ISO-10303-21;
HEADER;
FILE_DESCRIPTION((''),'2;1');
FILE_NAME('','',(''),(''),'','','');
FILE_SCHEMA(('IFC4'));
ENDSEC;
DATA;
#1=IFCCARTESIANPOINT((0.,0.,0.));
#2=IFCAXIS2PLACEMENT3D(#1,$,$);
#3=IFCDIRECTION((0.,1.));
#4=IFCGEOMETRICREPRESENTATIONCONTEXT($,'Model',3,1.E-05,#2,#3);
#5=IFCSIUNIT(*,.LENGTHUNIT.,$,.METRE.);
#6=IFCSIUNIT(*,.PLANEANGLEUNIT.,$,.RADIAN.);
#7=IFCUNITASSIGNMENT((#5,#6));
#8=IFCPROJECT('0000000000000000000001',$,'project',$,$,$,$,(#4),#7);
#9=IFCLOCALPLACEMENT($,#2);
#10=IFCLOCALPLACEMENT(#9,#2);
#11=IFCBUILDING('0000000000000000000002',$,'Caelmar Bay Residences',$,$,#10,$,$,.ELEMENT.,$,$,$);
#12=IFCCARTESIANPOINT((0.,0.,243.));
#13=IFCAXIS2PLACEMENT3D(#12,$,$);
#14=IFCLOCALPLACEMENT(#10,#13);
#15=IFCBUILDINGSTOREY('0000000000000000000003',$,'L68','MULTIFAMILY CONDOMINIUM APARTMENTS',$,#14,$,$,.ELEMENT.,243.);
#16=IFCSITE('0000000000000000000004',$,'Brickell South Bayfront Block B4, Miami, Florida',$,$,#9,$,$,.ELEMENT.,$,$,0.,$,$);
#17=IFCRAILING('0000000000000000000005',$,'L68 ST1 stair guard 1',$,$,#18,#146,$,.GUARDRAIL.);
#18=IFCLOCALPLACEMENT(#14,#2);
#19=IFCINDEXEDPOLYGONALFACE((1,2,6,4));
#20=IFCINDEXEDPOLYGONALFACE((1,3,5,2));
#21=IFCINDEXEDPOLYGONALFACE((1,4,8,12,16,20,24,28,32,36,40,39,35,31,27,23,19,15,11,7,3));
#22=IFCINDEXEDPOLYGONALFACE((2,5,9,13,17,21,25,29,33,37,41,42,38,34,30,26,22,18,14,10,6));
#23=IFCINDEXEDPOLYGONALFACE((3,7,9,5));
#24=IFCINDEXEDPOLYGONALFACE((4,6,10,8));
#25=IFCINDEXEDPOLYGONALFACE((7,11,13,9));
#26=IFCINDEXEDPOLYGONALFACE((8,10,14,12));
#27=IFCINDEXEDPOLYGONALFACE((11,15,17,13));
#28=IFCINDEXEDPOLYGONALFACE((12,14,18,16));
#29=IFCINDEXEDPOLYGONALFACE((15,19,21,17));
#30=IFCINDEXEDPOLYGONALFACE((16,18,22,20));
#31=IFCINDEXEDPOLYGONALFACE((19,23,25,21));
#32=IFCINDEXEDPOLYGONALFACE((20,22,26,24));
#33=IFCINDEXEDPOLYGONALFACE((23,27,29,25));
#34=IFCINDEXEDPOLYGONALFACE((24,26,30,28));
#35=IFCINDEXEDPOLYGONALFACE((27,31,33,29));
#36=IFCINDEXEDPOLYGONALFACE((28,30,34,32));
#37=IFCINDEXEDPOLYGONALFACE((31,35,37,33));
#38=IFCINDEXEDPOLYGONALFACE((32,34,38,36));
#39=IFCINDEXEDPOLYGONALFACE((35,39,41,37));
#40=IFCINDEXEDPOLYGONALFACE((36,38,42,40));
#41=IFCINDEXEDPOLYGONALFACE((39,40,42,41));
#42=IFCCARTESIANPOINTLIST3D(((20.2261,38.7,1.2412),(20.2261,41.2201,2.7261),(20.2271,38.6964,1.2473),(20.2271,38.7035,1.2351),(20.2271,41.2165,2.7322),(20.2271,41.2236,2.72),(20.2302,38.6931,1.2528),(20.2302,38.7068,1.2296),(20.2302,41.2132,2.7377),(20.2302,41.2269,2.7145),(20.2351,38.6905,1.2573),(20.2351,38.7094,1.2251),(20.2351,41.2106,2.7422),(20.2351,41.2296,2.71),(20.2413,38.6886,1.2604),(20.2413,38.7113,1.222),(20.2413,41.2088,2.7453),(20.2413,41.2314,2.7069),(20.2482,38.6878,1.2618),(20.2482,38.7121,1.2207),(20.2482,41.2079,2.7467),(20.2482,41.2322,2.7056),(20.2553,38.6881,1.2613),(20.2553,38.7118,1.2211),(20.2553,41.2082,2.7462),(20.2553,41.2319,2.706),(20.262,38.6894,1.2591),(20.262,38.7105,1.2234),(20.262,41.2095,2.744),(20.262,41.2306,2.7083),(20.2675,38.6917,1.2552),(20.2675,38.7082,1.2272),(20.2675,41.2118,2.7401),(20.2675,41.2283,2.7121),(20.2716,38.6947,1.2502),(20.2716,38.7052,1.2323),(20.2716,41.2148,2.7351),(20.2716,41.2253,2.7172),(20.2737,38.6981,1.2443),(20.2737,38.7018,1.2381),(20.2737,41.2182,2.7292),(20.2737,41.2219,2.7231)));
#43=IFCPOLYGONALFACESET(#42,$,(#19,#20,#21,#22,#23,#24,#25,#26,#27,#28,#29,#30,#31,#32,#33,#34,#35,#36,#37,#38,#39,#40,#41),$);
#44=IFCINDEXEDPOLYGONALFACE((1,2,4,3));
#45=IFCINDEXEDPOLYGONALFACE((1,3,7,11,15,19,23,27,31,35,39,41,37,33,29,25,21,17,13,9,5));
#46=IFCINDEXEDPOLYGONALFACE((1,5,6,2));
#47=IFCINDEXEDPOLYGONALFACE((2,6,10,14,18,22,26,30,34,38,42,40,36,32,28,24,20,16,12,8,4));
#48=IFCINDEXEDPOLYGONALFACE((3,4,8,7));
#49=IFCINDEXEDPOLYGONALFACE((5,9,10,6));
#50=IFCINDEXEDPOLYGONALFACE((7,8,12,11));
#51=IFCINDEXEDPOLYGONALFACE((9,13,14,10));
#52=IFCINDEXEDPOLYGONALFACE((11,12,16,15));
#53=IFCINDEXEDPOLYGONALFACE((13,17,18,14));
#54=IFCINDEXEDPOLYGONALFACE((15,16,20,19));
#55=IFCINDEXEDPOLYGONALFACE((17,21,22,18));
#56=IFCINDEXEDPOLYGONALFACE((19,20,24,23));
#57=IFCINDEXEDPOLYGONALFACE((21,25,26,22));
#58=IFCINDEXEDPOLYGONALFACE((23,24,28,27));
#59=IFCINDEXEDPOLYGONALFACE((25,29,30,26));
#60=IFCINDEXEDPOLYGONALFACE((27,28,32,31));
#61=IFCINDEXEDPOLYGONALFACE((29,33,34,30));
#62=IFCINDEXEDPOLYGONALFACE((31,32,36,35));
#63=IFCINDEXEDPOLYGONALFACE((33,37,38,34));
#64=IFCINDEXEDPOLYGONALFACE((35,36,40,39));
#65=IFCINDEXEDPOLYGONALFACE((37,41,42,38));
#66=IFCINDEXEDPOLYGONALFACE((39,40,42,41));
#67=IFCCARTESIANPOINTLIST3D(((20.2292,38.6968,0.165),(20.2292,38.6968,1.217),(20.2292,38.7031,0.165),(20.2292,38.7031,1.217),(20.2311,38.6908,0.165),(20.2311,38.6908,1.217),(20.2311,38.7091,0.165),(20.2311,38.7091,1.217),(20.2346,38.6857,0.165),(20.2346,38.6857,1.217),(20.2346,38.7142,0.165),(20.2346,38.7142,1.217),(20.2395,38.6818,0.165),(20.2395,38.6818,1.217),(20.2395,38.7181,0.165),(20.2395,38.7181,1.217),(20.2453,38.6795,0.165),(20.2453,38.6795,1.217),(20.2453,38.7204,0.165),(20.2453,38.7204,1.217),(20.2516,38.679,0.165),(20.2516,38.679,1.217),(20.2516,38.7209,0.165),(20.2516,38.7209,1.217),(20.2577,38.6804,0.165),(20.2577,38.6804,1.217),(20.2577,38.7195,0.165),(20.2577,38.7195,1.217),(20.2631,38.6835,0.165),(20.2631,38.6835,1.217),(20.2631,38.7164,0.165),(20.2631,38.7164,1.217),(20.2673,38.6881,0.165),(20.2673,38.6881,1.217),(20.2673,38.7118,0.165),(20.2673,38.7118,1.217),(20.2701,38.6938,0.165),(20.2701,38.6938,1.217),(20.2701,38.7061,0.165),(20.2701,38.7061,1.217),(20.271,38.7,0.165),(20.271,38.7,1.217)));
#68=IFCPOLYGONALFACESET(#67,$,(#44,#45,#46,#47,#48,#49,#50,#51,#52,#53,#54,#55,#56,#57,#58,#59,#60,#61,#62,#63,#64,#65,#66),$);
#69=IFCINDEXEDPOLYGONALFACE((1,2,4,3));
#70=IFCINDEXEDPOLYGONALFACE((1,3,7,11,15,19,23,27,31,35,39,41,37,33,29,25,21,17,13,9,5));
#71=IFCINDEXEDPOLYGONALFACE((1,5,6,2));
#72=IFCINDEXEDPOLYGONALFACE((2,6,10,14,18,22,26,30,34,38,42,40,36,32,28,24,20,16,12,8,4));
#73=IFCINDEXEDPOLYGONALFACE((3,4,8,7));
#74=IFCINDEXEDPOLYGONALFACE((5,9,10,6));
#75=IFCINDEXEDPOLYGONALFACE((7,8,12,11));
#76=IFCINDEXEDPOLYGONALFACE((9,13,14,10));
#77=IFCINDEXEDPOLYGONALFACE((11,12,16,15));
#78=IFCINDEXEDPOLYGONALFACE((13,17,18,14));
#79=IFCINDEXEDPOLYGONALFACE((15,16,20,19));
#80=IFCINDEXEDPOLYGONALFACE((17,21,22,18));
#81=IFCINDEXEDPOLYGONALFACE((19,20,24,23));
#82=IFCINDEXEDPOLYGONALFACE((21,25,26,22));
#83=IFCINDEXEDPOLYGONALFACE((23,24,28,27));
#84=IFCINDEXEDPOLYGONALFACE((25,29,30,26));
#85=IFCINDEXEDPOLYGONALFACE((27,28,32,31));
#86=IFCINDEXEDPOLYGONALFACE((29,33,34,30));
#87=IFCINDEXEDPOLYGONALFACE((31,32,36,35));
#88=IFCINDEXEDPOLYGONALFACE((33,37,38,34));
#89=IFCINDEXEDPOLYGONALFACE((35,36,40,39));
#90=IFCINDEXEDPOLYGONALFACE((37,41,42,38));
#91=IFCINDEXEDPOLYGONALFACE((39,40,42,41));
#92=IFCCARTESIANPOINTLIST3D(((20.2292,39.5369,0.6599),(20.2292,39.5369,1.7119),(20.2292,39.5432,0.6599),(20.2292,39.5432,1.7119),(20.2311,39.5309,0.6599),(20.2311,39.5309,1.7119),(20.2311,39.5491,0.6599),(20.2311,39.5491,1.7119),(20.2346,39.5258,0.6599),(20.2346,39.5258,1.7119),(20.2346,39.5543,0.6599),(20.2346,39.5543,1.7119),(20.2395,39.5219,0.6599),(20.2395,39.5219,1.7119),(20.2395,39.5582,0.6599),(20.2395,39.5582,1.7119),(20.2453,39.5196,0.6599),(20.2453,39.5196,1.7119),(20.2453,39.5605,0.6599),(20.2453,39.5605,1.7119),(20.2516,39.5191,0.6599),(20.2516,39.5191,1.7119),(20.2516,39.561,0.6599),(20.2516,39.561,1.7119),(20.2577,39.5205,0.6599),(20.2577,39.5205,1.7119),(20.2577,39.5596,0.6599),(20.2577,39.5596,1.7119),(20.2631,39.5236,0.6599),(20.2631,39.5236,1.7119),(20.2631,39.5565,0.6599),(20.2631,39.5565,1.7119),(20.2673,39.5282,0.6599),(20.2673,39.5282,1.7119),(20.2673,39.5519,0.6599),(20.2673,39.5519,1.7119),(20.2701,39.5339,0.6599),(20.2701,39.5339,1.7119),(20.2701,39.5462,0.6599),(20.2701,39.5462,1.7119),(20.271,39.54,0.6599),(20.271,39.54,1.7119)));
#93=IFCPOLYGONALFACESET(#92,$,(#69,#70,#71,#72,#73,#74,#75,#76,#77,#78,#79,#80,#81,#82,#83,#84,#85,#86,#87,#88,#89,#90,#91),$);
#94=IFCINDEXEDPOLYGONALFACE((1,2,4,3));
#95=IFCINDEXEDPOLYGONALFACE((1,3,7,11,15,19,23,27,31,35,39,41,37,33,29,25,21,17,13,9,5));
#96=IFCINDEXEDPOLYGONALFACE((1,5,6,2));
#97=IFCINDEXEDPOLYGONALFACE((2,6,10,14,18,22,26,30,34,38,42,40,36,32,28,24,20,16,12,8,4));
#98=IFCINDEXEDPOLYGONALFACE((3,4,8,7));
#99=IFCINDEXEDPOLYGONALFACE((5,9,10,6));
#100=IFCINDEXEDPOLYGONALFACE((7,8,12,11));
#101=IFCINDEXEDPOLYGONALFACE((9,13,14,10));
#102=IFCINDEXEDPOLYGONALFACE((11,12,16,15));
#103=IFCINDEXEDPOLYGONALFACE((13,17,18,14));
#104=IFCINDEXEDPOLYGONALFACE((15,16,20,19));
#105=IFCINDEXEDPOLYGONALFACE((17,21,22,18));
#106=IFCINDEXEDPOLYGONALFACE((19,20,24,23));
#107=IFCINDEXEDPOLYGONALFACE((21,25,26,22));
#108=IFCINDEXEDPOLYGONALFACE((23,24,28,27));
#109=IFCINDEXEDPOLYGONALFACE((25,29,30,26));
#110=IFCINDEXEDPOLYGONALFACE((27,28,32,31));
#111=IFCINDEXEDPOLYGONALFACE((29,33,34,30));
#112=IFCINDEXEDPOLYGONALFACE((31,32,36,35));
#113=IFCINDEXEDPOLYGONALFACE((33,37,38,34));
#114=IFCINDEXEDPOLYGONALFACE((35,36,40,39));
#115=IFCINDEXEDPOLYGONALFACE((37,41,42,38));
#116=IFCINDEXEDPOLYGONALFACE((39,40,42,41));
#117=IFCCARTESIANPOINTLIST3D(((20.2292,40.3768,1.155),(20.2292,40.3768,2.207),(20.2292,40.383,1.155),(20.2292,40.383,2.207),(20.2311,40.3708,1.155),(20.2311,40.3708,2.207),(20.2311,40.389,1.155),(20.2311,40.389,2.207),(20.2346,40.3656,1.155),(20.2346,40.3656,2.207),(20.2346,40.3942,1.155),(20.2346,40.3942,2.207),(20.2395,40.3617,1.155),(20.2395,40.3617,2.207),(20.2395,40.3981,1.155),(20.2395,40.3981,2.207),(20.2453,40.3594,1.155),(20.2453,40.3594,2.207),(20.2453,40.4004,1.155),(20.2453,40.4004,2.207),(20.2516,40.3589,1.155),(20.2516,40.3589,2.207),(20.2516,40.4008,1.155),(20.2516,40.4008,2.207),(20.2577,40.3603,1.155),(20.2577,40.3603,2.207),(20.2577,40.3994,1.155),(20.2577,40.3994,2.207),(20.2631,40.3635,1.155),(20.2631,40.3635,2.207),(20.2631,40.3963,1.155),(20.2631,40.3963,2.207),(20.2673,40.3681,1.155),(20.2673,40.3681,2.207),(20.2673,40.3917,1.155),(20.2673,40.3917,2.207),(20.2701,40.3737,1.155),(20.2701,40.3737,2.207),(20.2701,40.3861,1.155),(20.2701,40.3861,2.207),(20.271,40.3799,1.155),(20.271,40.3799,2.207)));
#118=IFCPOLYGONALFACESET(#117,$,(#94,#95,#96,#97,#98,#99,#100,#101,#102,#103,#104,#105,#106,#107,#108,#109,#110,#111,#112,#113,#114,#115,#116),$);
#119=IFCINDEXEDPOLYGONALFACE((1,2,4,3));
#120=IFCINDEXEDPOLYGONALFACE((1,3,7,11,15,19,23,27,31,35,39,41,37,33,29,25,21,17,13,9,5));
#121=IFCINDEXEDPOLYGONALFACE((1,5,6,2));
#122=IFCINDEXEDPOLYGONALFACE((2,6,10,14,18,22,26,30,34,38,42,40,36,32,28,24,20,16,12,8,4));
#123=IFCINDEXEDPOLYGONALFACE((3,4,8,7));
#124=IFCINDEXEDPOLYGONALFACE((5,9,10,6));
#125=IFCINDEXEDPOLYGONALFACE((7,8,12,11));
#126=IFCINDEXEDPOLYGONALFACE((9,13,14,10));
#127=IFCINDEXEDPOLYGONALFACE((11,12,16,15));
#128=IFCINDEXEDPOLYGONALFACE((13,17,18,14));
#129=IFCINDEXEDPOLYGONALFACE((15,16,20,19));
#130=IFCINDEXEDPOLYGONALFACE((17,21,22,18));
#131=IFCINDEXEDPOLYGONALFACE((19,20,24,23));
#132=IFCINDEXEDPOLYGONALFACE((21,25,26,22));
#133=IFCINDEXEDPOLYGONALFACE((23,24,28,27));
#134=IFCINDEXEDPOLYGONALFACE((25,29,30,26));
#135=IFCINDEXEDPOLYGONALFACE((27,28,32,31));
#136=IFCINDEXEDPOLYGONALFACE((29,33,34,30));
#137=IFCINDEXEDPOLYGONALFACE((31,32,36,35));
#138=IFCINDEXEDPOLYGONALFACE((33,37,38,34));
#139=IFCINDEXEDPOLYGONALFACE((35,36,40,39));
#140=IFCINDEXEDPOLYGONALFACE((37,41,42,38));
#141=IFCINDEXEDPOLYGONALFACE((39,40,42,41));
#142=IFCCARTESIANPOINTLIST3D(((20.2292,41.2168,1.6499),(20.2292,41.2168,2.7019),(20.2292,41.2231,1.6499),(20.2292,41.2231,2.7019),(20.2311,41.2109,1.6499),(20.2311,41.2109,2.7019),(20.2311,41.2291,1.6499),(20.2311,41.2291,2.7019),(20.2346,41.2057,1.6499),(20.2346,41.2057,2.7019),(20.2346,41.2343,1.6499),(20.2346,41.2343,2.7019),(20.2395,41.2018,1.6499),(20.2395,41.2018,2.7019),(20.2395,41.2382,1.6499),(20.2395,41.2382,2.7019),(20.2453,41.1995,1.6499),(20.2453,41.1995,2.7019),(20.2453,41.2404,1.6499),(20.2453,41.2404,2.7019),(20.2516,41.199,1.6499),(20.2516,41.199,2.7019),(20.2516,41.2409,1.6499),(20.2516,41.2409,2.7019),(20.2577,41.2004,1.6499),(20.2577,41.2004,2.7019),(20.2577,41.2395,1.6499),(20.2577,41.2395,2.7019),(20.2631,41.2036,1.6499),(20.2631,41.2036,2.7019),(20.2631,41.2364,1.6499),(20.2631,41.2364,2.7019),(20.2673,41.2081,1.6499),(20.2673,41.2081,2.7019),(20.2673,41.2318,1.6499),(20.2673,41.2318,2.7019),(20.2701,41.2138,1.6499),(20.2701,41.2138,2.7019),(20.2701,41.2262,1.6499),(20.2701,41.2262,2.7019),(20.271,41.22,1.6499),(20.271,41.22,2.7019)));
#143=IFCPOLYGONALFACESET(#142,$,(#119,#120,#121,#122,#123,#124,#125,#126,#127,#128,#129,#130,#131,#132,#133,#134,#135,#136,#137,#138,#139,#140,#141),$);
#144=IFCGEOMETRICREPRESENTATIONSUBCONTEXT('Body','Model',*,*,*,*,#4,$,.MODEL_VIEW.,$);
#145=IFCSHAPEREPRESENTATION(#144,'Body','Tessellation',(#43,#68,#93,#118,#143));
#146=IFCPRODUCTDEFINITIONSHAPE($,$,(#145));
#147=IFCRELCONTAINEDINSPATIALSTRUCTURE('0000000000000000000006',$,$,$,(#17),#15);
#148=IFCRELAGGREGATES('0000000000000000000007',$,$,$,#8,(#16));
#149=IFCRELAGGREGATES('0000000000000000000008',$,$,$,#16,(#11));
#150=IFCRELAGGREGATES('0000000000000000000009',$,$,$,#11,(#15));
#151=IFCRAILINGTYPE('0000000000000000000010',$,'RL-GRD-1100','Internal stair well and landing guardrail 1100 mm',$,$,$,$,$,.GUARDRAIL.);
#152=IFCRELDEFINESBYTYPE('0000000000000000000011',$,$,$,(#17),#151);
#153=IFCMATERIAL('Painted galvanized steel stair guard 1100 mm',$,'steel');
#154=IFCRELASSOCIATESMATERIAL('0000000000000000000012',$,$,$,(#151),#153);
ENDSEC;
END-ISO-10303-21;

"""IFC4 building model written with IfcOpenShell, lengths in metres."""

from ifc_helpers import new_model, si_unit, direction, frame, origin, origin_2d, place, context, subcontext, project, spatial, circle, extrude, material, type_object, element, save


model = new_model("IFC4")

# Units and contexts
model_context = context("Model", 3, precision=1e-05, world=origin(), true_north=direction((0.0, 1.0)))
body_context = subcontext(model_context, "Body", "Model", "MODEL_VIEW")
ifc_project = project(units=[si_unit("LENGTHUNIT", "METRE"), si_unit("PLANEANGLEUNIT", "RADIAN")], contexts=[model_context])

# Site, building, storey
site_placement = place(None, origin())
site = spatial("IfcSite", under=ifc_project, at=site_placement, Name="Brickell South Bayfront Block B4, Miami, Florida", CompositionType="ELEMENT", RefElevation=0.0)
building_placement = place(site_placement, origin())
building = spatial("IfcBuilding", under=site, at=building_placement, Name="Caelmar Bay Residences", CompositionType="ELEMENT")
storey_placement = place(building_placement, frame((0.0, 0.0, 243.0)))
storey = spatial("IfcBuildingStorey", under=building, at=storey_placement, Name="L68", Description="MULTIFAMILY CONDOMINIUM APARTMENTS", CompositionType="ELEMENT", Elevation=243.0)

# Railing
ifc_material_1 = material(Name="Painted galvanized steel stair guard 1100 mm", Category="steel")
railing_type_1 = type_object("IfcRailingType", Name="RL-GRD-1100", Description="Internal stair well and landing guardrail 1100 mm", PredefinedType="GUARDRAIL", material=ifc_material_1)
railing_1_placement = place(storey_placement, frame((20.25, 38.7, 0.165)))
element("IfcRailing", 1, at=railing_1_placement, inside=storey, type_object=railing_type_1, Name="L68 ST1 stair guard 1", PredefinedType="GUARDRAIL", context=body_context, shape_type="SweptSolid", body=[
    extrude(circle(Radius=0.0239, at=origin_2d()), frame((0.0, 0.0, 1.0762), z_axis=(0.0, 0.861561, 0.507655), x_axis=(-1.0, 0.0, 0.0)), (0.0, 0.0, 1.0), 2.925),
    extrude(circle(Radius=0.021, at=origin_2d()), origin(), (0.0, 0.0, 1.0), 1.052),
    extrude(circle(Radius=0.021, at=origin_2d()), frame((0.0, 0.8401, 0.4949)), (0.0, 0.0, 1.0), 1.052),
    extrude(circle(Radius=0.021, at=origin_2d()), frame((0.0, 1.6799, 0.99)), (0.0, 0.0, 1.0), 1.052),
    extrude(circle(Radius=0.021, at=origin_2d()), frame((0.0, 2.52, 1.4849)), (0.0, 0.0, 1.0), 1.052),
])

save(model, "model.ifc")
